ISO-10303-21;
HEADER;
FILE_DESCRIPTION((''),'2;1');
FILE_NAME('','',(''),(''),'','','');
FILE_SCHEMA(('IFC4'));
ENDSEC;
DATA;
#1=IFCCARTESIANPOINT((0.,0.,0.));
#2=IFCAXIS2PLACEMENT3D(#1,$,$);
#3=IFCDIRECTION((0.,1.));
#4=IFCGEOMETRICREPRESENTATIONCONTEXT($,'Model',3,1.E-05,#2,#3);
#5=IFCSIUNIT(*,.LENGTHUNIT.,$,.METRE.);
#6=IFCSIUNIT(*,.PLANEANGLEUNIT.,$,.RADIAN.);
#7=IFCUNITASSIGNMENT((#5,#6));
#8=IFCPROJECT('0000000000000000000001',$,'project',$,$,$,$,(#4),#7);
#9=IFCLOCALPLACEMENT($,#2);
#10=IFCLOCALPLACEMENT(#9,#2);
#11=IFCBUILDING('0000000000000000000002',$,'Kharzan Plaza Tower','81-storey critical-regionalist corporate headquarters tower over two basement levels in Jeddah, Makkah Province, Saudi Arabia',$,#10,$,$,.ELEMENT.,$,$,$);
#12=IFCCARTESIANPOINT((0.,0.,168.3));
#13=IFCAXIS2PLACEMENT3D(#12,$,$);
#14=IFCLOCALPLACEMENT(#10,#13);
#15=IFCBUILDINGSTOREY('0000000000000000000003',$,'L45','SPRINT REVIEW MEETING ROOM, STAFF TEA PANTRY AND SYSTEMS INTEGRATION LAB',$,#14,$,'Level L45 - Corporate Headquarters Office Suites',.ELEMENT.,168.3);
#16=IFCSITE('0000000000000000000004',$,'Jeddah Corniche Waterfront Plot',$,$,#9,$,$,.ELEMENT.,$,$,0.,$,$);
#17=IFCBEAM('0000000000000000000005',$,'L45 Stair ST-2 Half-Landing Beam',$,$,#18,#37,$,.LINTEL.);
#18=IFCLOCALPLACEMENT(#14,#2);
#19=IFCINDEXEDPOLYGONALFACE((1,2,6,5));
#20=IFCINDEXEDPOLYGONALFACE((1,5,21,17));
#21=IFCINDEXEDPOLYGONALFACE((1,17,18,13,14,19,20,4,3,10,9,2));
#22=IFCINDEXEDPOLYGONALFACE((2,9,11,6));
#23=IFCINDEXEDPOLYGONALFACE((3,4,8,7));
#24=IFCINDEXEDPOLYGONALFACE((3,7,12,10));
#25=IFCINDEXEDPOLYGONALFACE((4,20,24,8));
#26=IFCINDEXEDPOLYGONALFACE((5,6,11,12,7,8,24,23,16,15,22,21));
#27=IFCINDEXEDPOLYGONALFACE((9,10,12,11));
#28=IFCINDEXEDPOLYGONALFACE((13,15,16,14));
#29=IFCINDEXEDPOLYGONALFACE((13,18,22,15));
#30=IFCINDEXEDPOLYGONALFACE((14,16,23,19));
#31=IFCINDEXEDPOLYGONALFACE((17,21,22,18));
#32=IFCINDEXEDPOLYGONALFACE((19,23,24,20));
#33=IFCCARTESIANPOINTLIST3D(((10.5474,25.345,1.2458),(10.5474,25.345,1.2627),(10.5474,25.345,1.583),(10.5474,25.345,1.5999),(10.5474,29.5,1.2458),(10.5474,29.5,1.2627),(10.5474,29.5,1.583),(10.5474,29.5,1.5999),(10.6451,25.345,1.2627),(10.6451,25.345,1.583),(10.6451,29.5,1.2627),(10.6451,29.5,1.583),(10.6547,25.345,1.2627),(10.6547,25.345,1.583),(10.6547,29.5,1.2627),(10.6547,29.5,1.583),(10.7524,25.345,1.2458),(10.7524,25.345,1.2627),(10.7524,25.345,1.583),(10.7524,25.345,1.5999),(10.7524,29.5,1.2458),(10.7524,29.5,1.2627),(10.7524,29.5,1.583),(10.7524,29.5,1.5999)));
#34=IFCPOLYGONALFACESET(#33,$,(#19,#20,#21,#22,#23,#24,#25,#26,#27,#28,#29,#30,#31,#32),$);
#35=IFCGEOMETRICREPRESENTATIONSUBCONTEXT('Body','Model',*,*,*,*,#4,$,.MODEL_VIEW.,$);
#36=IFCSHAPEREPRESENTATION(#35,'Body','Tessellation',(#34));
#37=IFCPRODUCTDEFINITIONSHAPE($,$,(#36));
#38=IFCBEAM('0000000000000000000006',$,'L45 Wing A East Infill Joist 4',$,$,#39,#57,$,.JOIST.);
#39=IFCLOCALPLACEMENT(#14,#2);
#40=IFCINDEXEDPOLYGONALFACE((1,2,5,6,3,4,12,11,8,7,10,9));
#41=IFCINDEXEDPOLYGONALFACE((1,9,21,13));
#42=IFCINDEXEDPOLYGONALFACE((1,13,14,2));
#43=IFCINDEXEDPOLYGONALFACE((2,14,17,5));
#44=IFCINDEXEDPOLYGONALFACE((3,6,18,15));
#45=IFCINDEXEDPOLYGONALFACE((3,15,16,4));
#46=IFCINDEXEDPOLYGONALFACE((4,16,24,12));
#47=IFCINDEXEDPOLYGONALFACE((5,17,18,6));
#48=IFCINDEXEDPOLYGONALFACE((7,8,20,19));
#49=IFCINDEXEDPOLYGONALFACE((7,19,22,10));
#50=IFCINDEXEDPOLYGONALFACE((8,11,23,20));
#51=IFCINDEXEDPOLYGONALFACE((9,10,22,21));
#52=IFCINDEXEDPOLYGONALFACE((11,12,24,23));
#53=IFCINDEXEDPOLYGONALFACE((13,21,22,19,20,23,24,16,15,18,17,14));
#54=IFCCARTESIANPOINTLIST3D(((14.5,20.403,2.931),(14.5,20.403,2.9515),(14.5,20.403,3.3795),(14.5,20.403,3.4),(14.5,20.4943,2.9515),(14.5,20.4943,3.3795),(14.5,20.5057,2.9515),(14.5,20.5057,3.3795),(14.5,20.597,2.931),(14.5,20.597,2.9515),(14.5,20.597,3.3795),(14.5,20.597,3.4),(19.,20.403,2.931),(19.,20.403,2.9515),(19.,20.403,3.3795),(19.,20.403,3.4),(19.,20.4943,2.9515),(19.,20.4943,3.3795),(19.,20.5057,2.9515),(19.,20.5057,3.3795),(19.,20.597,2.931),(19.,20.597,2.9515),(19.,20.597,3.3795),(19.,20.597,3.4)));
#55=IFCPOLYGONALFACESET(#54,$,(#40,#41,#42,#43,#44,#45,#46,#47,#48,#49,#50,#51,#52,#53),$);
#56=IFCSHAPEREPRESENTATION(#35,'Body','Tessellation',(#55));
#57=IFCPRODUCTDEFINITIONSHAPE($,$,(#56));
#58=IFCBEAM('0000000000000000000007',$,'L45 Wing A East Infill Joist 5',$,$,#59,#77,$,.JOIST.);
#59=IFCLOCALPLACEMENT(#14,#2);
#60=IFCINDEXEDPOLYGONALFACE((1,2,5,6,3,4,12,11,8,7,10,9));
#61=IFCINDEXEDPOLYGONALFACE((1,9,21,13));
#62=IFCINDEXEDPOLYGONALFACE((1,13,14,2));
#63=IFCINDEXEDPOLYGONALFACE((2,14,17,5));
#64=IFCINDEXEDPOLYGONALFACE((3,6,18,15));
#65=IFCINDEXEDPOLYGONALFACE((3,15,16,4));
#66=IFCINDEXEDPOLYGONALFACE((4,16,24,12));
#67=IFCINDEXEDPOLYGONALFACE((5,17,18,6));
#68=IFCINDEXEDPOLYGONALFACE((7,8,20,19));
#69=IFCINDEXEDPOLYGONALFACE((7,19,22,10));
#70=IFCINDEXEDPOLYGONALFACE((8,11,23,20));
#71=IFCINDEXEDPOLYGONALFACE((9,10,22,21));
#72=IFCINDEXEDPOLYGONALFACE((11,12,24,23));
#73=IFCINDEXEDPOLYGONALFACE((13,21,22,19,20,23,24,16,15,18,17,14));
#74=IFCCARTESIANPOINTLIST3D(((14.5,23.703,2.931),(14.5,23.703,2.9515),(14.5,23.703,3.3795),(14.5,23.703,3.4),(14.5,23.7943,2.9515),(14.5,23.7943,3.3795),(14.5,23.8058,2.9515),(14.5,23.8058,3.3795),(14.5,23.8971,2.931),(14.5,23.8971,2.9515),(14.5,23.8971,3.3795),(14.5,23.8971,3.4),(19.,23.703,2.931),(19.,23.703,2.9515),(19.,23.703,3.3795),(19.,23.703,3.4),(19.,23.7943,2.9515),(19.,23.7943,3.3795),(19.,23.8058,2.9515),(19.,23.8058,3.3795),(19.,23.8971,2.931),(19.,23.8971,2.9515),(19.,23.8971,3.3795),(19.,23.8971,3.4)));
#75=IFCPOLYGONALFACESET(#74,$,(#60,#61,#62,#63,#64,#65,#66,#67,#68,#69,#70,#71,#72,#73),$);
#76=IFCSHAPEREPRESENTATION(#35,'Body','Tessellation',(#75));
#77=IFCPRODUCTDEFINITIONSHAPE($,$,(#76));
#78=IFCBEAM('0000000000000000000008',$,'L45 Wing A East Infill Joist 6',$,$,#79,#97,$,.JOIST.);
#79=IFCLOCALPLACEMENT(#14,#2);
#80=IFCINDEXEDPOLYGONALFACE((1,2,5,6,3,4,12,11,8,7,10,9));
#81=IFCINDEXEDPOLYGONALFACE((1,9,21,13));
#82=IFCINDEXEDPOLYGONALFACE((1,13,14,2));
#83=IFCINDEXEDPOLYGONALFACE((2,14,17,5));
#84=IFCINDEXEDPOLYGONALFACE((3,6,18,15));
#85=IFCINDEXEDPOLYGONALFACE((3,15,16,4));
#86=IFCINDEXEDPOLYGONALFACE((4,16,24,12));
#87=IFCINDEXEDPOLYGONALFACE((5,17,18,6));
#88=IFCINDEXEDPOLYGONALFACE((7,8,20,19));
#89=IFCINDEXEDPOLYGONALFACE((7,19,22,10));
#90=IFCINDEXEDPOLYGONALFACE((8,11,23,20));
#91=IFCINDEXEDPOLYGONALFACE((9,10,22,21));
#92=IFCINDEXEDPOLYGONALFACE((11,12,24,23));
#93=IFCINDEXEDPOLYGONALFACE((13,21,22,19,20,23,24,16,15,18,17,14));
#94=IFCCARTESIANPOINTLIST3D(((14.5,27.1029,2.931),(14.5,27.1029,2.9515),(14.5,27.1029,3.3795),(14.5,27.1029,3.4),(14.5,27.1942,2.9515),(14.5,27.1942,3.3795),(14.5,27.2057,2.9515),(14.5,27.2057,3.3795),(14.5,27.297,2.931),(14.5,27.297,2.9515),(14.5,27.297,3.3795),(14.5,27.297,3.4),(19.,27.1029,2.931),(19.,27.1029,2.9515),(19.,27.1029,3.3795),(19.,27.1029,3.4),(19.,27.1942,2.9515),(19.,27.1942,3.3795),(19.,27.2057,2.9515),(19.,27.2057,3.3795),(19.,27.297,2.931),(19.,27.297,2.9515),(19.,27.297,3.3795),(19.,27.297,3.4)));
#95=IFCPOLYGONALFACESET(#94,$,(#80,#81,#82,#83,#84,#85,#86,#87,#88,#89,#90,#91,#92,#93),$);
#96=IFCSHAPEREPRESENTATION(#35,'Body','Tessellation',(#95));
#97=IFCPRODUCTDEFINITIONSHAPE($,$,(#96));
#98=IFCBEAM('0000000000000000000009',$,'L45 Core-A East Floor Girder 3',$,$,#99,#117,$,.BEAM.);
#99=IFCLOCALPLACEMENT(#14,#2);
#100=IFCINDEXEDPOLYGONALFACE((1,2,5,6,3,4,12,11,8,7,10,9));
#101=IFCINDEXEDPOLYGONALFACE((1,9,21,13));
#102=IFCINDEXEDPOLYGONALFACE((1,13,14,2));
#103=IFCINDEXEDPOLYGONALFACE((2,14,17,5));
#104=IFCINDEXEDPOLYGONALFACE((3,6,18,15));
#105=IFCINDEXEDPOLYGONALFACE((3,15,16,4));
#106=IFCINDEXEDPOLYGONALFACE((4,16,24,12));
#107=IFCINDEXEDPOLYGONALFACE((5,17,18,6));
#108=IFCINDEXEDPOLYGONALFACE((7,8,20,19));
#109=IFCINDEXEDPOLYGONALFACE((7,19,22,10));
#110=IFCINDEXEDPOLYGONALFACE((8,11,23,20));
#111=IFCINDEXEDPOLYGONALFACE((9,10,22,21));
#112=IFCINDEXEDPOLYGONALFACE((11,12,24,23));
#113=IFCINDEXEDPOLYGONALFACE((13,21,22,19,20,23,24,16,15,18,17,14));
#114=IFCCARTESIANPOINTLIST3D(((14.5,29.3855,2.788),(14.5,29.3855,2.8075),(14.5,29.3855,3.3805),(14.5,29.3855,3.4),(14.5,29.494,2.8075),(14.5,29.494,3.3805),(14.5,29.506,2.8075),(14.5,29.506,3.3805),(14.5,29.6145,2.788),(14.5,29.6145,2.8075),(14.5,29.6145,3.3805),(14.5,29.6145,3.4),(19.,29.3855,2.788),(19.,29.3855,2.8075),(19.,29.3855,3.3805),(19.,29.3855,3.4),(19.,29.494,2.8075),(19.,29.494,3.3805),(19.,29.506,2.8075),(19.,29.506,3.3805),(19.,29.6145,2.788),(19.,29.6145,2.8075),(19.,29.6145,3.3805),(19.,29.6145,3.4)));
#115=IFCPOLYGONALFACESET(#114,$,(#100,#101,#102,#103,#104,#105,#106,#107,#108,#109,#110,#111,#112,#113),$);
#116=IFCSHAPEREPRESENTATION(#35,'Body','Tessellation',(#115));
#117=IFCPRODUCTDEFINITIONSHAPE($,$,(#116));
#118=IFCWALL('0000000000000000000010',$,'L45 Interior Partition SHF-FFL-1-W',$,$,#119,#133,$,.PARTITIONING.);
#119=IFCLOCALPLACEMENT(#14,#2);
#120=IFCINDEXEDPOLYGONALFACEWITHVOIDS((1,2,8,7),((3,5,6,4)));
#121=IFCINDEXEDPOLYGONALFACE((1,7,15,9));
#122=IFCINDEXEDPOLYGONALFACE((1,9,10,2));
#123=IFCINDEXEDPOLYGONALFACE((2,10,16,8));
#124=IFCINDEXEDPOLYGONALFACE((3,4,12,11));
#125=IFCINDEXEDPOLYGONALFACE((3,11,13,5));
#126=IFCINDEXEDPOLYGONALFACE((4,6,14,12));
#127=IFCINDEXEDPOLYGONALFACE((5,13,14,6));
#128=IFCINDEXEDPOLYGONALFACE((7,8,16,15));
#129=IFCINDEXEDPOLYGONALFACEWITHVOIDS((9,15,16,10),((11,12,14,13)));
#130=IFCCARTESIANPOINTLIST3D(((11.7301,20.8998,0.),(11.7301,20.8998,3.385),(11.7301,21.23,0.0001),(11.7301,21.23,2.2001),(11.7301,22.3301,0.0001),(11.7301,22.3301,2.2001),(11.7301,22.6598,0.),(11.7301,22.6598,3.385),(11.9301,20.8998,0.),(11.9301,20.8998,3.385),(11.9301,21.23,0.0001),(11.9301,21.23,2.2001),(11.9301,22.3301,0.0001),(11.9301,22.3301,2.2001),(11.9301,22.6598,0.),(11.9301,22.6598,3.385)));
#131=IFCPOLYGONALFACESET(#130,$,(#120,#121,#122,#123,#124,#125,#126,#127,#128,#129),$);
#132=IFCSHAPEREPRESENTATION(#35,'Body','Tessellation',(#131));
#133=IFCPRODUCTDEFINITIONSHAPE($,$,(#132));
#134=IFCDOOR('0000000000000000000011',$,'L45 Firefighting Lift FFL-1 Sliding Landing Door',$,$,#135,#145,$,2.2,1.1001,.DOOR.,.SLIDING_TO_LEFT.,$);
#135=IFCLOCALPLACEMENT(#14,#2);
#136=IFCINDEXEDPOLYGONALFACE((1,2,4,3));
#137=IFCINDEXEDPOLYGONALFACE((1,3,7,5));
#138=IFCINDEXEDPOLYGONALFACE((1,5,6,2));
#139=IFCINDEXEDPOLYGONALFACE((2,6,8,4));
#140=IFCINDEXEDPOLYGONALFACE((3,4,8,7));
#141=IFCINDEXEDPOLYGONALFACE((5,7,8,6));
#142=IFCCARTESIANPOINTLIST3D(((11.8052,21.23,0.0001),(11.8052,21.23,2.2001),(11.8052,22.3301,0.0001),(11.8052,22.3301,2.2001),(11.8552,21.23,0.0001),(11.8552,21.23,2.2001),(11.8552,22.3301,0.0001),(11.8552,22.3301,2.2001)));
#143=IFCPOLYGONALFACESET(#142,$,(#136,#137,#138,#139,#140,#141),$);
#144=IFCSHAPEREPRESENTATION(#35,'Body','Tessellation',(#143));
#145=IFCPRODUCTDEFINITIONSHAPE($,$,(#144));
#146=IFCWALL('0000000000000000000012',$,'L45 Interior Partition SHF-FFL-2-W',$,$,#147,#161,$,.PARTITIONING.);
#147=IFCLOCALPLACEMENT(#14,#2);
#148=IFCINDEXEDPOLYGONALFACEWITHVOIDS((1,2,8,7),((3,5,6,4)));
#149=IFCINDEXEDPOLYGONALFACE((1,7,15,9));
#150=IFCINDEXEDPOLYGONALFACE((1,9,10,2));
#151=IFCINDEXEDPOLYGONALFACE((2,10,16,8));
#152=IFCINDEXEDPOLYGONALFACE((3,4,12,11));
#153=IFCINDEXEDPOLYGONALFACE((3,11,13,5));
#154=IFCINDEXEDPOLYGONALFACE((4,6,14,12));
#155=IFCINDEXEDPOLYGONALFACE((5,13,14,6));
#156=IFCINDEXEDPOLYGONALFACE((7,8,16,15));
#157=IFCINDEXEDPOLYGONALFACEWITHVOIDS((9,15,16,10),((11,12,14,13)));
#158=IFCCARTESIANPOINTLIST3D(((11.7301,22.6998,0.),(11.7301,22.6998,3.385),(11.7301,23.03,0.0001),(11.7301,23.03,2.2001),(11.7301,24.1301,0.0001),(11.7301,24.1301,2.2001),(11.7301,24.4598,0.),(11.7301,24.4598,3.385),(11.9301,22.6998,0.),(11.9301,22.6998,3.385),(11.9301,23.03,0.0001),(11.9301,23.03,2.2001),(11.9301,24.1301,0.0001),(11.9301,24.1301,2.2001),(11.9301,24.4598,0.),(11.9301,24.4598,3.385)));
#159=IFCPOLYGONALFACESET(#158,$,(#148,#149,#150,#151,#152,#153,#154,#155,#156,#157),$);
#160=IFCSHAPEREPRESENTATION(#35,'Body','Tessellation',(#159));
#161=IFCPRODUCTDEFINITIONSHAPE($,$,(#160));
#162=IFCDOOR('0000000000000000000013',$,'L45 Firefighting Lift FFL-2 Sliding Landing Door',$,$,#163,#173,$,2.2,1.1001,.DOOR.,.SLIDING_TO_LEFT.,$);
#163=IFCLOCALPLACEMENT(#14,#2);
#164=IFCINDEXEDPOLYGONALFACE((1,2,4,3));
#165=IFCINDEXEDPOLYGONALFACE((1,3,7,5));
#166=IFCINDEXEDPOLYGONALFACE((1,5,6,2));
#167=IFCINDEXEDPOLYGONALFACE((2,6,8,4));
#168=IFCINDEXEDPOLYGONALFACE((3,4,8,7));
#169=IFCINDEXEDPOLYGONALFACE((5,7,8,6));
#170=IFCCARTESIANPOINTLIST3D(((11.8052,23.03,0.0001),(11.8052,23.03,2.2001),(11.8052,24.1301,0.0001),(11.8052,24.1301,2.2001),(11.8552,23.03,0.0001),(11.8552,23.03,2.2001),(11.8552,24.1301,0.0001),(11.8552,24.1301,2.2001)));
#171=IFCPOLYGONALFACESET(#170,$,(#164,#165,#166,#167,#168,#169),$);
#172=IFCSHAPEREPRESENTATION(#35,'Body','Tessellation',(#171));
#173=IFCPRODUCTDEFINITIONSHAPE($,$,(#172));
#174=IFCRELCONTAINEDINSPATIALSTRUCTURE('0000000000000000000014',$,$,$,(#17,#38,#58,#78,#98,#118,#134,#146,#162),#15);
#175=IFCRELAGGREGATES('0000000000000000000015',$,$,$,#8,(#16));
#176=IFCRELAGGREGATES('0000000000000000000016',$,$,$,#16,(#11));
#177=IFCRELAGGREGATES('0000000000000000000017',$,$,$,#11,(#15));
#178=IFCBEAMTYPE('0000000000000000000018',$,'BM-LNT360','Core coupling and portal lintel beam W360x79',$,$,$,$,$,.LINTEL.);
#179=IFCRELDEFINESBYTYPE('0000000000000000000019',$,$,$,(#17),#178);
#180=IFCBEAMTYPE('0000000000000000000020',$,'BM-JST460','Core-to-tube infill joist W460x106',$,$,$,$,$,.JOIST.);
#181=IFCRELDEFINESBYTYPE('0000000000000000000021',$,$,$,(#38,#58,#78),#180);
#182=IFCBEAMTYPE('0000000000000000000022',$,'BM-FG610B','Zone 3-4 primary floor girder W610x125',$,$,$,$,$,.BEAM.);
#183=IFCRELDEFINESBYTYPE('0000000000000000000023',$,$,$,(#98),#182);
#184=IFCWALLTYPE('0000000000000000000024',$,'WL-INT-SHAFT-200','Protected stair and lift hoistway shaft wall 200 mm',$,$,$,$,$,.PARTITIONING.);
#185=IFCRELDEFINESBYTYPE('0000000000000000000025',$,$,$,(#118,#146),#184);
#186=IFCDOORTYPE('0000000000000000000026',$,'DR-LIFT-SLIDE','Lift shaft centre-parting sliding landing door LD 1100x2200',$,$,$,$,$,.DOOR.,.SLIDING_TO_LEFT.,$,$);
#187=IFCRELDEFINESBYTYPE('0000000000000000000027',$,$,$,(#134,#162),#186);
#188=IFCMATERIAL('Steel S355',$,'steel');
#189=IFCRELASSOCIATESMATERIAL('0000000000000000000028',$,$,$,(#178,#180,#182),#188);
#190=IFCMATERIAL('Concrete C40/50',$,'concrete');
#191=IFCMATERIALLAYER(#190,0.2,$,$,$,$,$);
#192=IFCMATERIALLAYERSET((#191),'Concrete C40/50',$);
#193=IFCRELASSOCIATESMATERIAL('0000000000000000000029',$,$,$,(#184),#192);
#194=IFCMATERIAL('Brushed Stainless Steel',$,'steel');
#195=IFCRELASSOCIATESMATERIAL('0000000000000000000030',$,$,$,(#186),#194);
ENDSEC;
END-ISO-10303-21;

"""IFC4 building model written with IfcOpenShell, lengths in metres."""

from ifc_helpers import new_model, si_unit, direction, frame, frame_2d, origin, origin_2d, place, context, subcontext, project, spatial, rectangle, i_section, extrude, source, transform, mapped, material, layer, layer_set, material_profile, profile_set, type_object, element, fill, save


model = new_model("IFC4")

# Units and contexts
model_context = context("Model", 3, precision=1e-05, world=origin(), true_north=direction((0.0, 1.0)))
body_context = subcontext(model_context, "Body", "Model", "MODEL_VIEW")
ifc_project = project(units=[si_unit("LENGTHUNIT", "METRE"), si_unit("PLANEANGLEUNIT", "RADIAN")], contexts=[model_context])

# Site, building, storey
site_placement = place(None, origin())
site = spatial("IfcSite", under=ifc_project, at=site_placement, Name="Jeddah Corniche Waterfront Plot", CompositionType="ELEMENT", RefElevation=0.0)
building_placement = place(site_placement, origin())
building = spatial("IfcBuilding", under=site, at=building_placement, Name="Kharzan Plaza Tower", Description="81-storey critical-regionalist corporate headquarters tower over two basement levels in Jeddah, Makkah Province, Saudi Arabia", CompositionType="ELEMENT")
storey_placement = place(building_placement, frame((0.0, 0.0, 168.3)))
storey = spatial("IfcBuildingStorey", under=building, at=storey_placement, Name="L45", Description="SPRINT REVIEW MEETING ROOM, STAFF TEA PANTRY AND SYSTEMS INTEGRATION LAB", LongName="Level L45 - Corporate Headquarters Office Suites", CompositionType="ELEMENT", Elevation=168.3)

# Beams
ifc_material_1 = material(Name="Steel S355", Category="steel")
ifc_material_profile_1 = material_profile(ifc_material_1, i_section(OverallWidth=0.2051, OverallDepth=0.354, WebThickness=0.0095, FlangeThickness=0.0168, at=origin_2d()), Name="W360x79")
ifc_profile_set_1 = profile_set([ifc_material_profile_1], Name="Steel S355")
beam_type_1 = type_object("IfcBeamType", Name="BM-LNT360", Description="Core coupling and portal lintel beam W360x79", PredefinedType="LINTEL", material=ifc_profile_set_1)
shared_shape_1 = source(origin(), body_context, "Body", "SweptSolid", [
    extrude(i_section(OverallWidth=0.2051, OverallDepth=0.354, WebThickness=0.0095, FlangeThickness=0.0168, at=origin_2d()), origin(), (0.0, 0.0, 1.0), 4.155),
])
beam_1_placement = place(storey_placement, frame((10.6499, 25.345, 1.4229), z_axis=(0.0, 1.0, 0.0), x_axis=(-1.0, 0.0, 0.0)))
element("IfcBeam", 1, at=beam_1_placement, inside=storey, type_object=beam_type_1, Name="L45 Stair ST-2 Half-Landing Beam", PredefinedType="LINTEL", context=body_context, shape_type="MappedRepresentation", body=[
    mapped(shared_shape_1, transform((0.0, 0.0, 0.0), x_axis=(1.0, 0.0, 0.0), y_axis=(0.0, 1.0, 0.0), z_axis=(0.0, 0.0, 1.0))),
])
ifc_material_profile_2 = material_profile(ifc_material_1, i_section(OverallWidth=0.1941, OverallDepth=0.469, WebThickness=0.0115, FlangeThickness=0.0205, at=origin_2d()), Name="W460x106")
ifc_profile_set_2 = profile_set([ifc_material_profile_2], Name="Steel S355")
beam_type_2 = type_object("IfcBeamType", Name="BM-JST460", Description="Core-to-tube infill joist W460x106", PredefinedType="JOIST", material=ifc_profile_set_2)
shared_shape_2 = source(origin(), body_context, "Body", "SweptSolid", [
    extrude(i_section(OverallWidth=0.1941, OverallDepth=0.469, WebThickness=0.0115, FlangeThickness=0.0205, at=origin_2d()), origin(), (0.0, 0.0, 1.0), 4.5),
])
for number, where, z_axis, x_axis, name in (
    (2, (14.5, 20.5, 3.1655), (1.0, 0.0, 0.0), (0.0, 1.0, 0.0), "L45 Wing A East Infill Joist 4"),
    (3, (14.5, 23.8, 3.1655), (1.0, 0.0, 0.0), (0.0, 1.0, 0.0), "L45 Wing A East Infill Joist 5"),
    (4, (14.5, 27.2, 3.1655), (1.0, 0.0, 0.0), (0.0, 1.0, 0.0), "L45 Wing A East Infill Joist 6"),
):
    element("IfcBeam", number, at=place(storey_placement, frame(where, z_axis=z_axis, x_axis=x_axis)), inside=storey, type_object=beam_type_2, Name=name, PredefinedType="JOIST", context=body_context, shape_type="MappedRepresentation", body=[
        mapped(shared_shape_2, transform((0.0, 0.0, 0.0), x_axis=(1.0, 0.0, 0.0), y_axis=(0.0, 1.0, 0.0), z_axis=(0.0, 0.0, 1.0))),
    ])
ifc_material_profile_3 = material_profile(ifc_material_1, i_section(OverallWidth=0.229, OverallDepth=0.6121, WebThickness=0.012, FlangeThickness=0.0195, at=origin_2d()), Name="W610x125")
ifc_profile_set_3 = profile_set([ifc_material_profile_3], Name="Steel S355")
beam_type_3 = type_object("IfcBeamType", Name="BM-FG610B", Description="Zone 3-4 primary floor girder W610x125", PredefinedType="BEAM", material=ifc_profile_set_3)
shared_shape_3 = source(origin(), body_context, "Body", "SweptSolid", [
    extrude(i_section(OverallWidth=0.229, OverallDepth=0.6121, WebThickness=0.012, FlangeThickness=0.0195, at=origin_2d()), origin(), (0.0, 0.0, 1.0), 4.5),
])
beam_2_placement = place(storey_placement, frame((14.5, 29.5, 3.094), z_axis=(1.0, 0.0, 0.0), x_axis=(0.0, 1.0, 0.0)))
element("IfcBeam", 5, at=beam_2_placement, inside=storey, type_object=beam_type_3, Name="L45 Core-A East Floor Girder 3", PredefinedType="BEAM", context=body_context, shape_type="MappedRepresentation", body=[
    mapped(shared_shape_3, transform((0.0, 0.0, 0.0), x_axis=(1.0, 0.0, 0.0), y_axis=(0.0, 1.0, 0.0), z_axis=(0.0, 0.0, 1.0))),
])

# Walls, openings, doors
ifc_material_2 = material(Name="Concrete C40/50", Category="concrete")
ifc_layer_1 = layer(ifc_material_2, 0.2)
ifc_layer_set_1 = layer_set([ifc_layer_1], Name="Concrete C40/50")
wall_type_1 = type_object("IfcWallType", Name="WL-INT-SHAFT-200", Description="Protected stair and lift hoistway shaft wall 200 mm", PredefinedType="PARTITIONING", material=ifc_layer_set_1)
wall_1_placement = place(storey_placement, frame((11.8301, 20.8999, 0.0), z_axis=(0.0, 0.0, 1.0), x_axis=(0.0, 1.0, 0.0)))
wall_1 = element("IfcWall", 6, at=wall_1_placement, inside=storey, type_object=wall_type_1, Name="L45 Interior Partition SHF-FFL-1-W", PredefinedType="PARTITIONING", context=body_context, shape_type="SweptSolid", body=[
    extrude(rectangle(XDim=1.76, YDim=0.2, at=frame_2d((0.8799, 0.0))), origin(), (0.0, 0.0, 1.0), 3.385),
])
opening_1_placement = place(wall_1_placement, frame((0.3301, 0.0, 0.0)))
opening_1 = element("IfcOpeningElement", 7, at=opening_1_placement, cuts=wall_1, PredefinedType="OPENING", context=body_context, shape_type="SweptSolid", body=[
    extrude(rectangle(XDim=1.1001, YDim=2.2, at=frame_2d((0.55, 1.1001))), frame((0.0, 0.1099, 0.0), z_axis=(0.0, -1.0, 0.0), x_axis=(1.0, 0.0, 0.0)), (0.0, 0.0, 1.0), 0.22),
])
ifc_material_3 = material(Name="Brushed Stainless Steel", Category="steel")
door_type_1 = type_object("IfcDoorType", Name="DR-LIFT-SLIDE", Description="Lift shaft centre-parting sliding landing door LD 1100x2200", OperationType="SLIDING_TO_LEFT", PredefinedType="DOOR", material=ifc_material_3)
shared_shape_4 = source(origin(), body_context, "Body", "SweptSolid", [
    extrude(rectangle(XDim=1.1001, YDim=2.2, at=frame_2d((0.55, 1.1001))), frame((0.0, 0.0249, 0.0), z_axis=(0.0, -1.0, 0.0), x_axis=(1.0, 0.0, 0.0)), (0.0, 0.0, 1.0), 0.05),
])
door_1_placement = place(opening_1_placement, origin())
door_1 = element("IfcDoor", 8, at=door_1_placement, inside=storey, type_object=door_type_1, Name="L45 Firefighting Lift FFL-1 Sliding Landing Door", OperationType="SLIDING_TO_LEFT", OverallHeight=2.2, OverallWidth=1.1001, PredefinedType="DOOR", context=body_context, shape_type="MappedRepresentation", body=[
    mapped(shared_shape_4, transform((0.0, 0.0, 0.0), x_axis=(1.0, 0.0, 0.0), y_axis=(0.0, 1.0, 0.0), z_axis=(0.0, 0.0, 1.0))),
])
fill(opening_1, door_1)
wall_2_placement = place(storey_placement, frame((11.8301, 22.7, 0.0), z_axis=(0.0, 0.0, 1.0), x_axis=(0.0, 1.0, 0.0)))
wall_2 = element("IfcWall", 9, at=wall_2_placement, inside=storey, type_object=wall_type_1, Name="L45 Interior Partition SHF-FFL-2-W", PredefinedType="PARTITIONING", context=body_context, shape_type="SweptSolid", body=[
    extrude(rectangle(XDim=1.76, YDim=0.2, at=frame_2d((0.8799, 0.0))), origin(), (0.0, 0.0, 1.0), 3.385),
])
opening_2_placement = place(wall_2_placement, frame((0.3301, 0.0, 0.0)))
opening_2 = element("IfcOpeningElement", 10, at=opening_2_placement, cuts=wall_2, PredefinedType="OPENING", context=body_context, shape_type="SweptSolid", body=[
    extrude(rectangle(XDim=1.1001, YDim=2.2, at=frame_2d((0.55, 1.1001))), frame((0.0, 0.1099, 0.0), z_axis=(0.0, -1.0, 0.0), x_axis=(1.0, 0.0, 0.0)), (0.0, 0.0, 1.0), 0.22),
])
door_2_placement = place(opening_2_placement, origin())
door_2 = element("IfcDoor", 11, at=door_2_placement, inside=storey, type_object=door_type_1, Name="L45 Firefighting Lift FFL-2 Sliding Landing Door", OperationType="SLIDING_TO_LEFT", OverallHeight=2.2, OverallWidth=1.1001, PredefinedType="DOOR", context=body_context, shape_type="MappedRepresentation", body=[
    mapped(shared_shape_4, transform((0.0, 0.0, 0.0), x_axis=(1.0, 0.0, 0.0), y_axis=(0.0, 1.0, 0.0), z_axis=(0.0, 0.0, 1.0))),
])
fill(opening_2, door_2)

save(model, "model.ifc")
